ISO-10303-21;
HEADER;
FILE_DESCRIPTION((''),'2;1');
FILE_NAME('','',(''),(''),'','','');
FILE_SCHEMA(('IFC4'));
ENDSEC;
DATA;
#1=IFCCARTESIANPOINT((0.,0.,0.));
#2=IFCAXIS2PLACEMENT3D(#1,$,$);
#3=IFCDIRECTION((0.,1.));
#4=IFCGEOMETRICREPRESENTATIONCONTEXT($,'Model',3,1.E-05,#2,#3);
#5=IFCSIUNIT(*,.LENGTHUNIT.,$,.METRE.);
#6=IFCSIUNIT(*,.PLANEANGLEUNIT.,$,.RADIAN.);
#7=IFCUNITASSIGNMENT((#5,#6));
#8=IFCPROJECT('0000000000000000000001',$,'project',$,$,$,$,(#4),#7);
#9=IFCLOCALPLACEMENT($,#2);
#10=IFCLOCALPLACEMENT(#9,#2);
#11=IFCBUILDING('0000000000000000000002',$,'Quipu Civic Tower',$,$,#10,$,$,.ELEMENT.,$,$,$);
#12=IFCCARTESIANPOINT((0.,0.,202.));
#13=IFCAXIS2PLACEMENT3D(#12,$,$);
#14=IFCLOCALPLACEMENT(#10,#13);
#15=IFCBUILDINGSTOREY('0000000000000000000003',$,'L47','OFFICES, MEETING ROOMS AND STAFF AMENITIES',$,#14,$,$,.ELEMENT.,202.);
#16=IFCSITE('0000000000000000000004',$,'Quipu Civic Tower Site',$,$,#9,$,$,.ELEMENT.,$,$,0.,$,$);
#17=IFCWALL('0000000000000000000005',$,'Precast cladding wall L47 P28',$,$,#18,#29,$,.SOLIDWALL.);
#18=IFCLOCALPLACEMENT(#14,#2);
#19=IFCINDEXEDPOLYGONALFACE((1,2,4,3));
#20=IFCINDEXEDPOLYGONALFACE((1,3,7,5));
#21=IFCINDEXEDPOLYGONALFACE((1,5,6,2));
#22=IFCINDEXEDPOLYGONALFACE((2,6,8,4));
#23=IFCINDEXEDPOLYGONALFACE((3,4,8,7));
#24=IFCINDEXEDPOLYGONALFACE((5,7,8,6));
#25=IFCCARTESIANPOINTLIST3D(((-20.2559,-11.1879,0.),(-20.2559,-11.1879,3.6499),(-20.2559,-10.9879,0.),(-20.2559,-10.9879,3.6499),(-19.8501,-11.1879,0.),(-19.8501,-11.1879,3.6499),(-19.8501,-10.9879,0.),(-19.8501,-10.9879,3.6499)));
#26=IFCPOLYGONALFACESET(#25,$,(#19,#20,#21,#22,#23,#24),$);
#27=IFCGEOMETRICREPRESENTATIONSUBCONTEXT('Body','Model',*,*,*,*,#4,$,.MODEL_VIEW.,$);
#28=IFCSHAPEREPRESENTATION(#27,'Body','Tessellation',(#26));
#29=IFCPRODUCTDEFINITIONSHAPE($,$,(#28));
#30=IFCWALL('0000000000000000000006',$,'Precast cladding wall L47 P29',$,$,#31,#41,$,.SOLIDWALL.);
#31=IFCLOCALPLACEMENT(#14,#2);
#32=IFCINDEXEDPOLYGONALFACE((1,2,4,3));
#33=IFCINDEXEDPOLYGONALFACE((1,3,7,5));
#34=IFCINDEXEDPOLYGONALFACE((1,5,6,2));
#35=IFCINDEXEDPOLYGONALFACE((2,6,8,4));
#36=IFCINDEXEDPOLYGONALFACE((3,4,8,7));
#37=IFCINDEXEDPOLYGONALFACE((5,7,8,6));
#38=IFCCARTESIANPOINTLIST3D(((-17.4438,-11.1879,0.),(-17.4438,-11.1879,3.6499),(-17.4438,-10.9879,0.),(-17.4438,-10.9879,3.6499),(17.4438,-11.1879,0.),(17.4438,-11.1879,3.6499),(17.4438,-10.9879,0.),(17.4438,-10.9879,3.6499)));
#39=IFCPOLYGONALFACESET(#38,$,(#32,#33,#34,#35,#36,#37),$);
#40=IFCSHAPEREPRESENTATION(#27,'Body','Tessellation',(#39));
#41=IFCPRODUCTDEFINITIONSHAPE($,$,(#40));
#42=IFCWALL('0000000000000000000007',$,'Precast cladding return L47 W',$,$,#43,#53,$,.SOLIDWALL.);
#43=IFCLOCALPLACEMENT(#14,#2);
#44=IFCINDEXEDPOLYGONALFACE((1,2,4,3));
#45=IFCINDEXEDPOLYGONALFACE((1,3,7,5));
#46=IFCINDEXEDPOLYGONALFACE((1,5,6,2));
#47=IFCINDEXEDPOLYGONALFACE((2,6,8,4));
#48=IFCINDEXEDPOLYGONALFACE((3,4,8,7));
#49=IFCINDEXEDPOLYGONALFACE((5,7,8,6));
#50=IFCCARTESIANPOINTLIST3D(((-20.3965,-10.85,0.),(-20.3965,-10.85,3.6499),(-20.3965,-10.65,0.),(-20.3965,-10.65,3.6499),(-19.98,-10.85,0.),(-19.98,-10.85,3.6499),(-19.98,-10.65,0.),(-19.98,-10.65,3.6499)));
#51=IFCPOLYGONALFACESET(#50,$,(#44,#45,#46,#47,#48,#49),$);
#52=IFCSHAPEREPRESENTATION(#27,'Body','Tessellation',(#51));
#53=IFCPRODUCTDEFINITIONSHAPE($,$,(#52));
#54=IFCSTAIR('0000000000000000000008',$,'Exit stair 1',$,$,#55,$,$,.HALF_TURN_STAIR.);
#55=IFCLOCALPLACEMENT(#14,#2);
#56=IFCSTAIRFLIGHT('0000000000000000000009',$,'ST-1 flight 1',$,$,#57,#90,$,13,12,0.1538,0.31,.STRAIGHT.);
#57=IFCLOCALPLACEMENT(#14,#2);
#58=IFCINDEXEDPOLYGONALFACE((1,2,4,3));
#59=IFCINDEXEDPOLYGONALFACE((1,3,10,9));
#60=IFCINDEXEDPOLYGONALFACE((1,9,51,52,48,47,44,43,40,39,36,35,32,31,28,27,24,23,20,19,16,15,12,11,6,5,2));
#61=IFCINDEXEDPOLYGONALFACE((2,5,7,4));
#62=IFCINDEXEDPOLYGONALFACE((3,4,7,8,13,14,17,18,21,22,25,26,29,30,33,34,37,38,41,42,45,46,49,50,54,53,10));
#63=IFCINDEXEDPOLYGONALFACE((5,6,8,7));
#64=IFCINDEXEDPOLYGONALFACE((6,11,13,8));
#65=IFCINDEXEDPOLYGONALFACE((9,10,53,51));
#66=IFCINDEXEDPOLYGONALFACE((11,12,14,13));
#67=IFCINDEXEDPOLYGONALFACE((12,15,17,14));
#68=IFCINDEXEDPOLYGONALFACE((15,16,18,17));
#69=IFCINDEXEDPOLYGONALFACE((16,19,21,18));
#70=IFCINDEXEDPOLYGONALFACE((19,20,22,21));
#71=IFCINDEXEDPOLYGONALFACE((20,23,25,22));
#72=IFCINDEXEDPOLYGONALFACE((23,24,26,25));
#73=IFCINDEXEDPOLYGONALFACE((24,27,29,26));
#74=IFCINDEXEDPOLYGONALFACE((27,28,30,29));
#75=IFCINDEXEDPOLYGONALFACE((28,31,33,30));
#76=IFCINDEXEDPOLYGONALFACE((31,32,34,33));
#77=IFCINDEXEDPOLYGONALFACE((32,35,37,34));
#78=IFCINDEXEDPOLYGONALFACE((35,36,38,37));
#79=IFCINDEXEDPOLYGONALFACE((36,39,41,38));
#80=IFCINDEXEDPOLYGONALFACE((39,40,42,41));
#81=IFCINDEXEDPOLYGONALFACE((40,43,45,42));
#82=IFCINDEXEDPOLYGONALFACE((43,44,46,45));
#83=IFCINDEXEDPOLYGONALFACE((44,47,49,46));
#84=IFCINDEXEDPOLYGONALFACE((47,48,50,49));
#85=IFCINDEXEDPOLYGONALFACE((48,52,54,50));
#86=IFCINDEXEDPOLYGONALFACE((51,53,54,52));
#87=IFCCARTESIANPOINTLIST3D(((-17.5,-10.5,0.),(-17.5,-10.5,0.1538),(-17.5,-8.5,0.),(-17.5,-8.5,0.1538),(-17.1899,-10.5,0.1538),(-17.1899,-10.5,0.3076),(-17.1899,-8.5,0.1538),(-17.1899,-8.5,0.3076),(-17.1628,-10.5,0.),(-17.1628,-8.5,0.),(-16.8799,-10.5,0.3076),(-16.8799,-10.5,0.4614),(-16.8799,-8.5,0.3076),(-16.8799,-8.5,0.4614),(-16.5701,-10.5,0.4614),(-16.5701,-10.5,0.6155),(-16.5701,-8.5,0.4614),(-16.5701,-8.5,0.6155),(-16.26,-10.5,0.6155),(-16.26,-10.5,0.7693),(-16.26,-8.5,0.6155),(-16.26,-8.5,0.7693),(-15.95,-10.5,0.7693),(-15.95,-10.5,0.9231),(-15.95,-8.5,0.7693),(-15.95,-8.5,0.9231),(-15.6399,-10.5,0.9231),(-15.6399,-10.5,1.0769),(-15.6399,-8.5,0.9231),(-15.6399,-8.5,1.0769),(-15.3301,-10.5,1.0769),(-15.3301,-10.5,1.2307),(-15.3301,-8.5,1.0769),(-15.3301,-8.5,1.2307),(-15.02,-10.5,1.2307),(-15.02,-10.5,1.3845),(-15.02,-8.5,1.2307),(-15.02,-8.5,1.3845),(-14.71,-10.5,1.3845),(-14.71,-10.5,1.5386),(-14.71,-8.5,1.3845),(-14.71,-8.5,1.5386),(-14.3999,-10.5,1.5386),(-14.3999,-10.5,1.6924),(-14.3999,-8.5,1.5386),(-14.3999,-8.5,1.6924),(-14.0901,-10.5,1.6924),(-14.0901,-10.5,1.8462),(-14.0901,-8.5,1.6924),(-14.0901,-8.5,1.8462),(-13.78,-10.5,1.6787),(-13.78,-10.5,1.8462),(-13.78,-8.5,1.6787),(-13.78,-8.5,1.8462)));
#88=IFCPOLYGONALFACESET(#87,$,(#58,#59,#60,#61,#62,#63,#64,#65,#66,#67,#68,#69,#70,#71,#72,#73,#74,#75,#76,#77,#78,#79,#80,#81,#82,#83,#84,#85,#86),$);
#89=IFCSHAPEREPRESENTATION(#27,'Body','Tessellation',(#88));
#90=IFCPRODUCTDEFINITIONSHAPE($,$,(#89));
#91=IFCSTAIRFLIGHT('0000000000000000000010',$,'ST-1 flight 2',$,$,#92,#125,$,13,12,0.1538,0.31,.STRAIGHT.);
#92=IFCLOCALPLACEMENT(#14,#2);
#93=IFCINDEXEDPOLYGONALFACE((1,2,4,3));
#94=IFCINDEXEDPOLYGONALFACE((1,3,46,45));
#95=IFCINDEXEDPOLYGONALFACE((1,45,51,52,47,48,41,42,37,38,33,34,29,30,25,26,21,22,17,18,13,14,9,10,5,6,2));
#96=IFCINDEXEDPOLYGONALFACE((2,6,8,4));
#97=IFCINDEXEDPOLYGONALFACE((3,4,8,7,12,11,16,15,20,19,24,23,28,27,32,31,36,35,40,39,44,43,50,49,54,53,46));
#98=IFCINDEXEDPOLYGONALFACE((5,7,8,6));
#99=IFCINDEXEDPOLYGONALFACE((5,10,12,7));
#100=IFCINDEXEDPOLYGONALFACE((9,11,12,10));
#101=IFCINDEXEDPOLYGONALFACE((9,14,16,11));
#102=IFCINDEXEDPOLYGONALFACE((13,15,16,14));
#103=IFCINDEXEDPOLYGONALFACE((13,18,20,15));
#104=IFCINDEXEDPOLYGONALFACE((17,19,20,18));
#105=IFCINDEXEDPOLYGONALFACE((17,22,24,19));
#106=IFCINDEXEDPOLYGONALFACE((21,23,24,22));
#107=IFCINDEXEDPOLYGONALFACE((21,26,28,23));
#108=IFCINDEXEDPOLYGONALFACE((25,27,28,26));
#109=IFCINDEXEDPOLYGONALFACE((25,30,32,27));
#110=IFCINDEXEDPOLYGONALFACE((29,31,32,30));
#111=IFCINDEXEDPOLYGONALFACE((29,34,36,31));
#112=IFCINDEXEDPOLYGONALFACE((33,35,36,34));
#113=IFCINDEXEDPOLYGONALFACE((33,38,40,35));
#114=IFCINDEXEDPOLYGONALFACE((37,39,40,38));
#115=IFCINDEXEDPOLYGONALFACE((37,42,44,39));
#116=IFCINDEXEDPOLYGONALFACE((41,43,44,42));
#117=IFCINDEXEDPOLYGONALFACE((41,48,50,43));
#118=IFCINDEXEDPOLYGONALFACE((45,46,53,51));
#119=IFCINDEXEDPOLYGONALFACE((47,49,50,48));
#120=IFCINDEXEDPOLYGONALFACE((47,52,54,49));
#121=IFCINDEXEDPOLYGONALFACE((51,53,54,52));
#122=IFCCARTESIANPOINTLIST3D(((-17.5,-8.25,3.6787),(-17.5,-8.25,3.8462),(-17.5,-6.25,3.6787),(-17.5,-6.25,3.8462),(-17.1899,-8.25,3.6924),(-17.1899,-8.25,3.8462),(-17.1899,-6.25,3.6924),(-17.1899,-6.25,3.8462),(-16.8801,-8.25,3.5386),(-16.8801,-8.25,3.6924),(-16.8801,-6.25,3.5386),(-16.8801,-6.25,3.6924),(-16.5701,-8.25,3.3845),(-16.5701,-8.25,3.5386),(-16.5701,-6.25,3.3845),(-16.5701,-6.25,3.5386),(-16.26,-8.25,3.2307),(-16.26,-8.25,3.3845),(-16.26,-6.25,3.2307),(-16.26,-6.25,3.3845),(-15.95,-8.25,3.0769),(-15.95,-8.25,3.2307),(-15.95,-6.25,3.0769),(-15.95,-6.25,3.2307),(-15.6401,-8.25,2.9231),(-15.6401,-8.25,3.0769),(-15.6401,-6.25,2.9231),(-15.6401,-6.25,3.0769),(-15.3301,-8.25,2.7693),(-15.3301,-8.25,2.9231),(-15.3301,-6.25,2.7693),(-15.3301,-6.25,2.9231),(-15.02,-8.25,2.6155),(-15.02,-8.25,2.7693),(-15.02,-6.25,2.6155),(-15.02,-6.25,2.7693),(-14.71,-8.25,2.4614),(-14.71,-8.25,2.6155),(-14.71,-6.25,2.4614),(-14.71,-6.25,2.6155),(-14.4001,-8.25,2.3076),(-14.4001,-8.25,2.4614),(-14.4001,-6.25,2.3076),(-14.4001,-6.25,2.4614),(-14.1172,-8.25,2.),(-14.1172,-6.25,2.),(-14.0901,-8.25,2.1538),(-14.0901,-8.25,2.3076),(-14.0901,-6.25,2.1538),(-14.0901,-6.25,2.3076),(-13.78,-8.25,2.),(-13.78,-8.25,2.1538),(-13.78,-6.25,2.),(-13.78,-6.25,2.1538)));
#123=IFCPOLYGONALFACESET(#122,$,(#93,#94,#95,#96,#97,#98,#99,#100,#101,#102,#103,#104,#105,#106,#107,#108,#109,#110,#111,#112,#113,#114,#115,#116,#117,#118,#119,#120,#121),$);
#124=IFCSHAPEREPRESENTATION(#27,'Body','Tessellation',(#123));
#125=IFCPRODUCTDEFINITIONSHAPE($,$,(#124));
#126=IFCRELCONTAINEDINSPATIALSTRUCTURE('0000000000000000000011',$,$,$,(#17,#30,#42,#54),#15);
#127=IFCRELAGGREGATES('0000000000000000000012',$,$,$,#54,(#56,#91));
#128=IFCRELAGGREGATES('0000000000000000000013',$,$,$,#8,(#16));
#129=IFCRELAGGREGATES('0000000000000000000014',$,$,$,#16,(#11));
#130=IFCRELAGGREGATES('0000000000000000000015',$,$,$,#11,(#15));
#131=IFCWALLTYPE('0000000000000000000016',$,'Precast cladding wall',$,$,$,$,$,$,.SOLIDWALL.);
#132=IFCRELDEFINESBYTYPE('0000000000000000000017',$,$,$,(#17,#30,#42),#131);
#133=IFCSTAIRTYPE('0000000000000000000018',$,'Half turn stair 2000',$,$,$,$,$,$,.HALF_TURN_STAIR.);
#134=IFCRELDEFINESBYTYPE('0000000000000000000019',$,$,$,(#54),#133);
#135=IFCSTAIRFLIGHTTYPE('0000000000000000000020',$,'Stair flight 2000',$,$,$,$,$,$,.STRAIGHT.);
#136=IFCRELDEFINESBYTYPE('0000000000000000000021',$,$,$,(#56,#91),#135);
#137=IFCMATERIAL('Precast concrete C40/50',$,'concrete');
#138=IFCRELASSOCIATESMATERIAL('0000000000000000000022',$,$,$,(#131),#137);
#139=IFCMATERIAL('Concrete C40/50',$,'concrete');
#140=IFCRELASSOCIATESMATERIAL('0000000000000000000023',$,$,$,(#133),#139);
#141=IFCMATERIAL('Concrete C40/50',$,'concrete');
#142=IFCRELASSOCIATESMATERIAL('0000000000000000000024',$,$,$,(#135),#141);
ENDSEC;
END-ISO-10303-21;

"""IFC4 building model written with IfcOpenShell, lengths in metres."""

from ifc_helpers import new_model, si_unit, direction, frame, frame_2d, origin, place, context, subcontext, project, spatial, polyline, rectangle, outline, extrude, material, type_object, element, aggregate, save


model = new_model("IFC4")

# Units and contexts
model_context = context("Model", 3, precision=1e-05, world=origin(), true_north=direction((0.0, 1.0)))
body_context = subcontext(model_context, "Body", "Model", "MODEL_VIEW")
ifc_project = project(units=[si_unit("LENGTHUNIT", "METRE"), si_unit("PLANEANGLEUNIT", "RADIAN")], contexts=[model_context])

# Site, building, storey
site_placement = place(None, origin())
site = spatial("IfcSite", under=ifc_project, at=site_placement, Name="Quipu Civic Tower Site", CompositionType="ELEMENT", RefElevation=0.0)
building_placement = place(site_placement, origin())
building = spatial("IfcBuilding", under=site, at=building_placement, Name="Quipu Civic Tower", CompositionType="ELEMENT")
storey_placement = place(building_placement, frame((0.0, 0.0, 202.0)))
storey = spatial("IfcBuildingStorey", under=building, at=storey_placement, Name="L47", Description="OFFICES, MEETING ROOMS AND STAFF AMENITIES", CompositionType="ELEMENT", Elevation=202.0)

# Walls
ifc_material_1 = material(Name="Precast concrete C40/50", Category="concrete")
wall_type_1 = type_object("IfcWallType", Name="Precast cladding wall", PredefinedType="SOLIDWALL", material=ifc_material_1)
wall_1_placement = place(storey_placement, frame((-20.2559, -11.0879, 0.0), z_axis=(0.0, 0.0, 1.0), x_axis=(1.0, 0.0, 0.0)))
element("IfcWall", 1, at=wall_1_placement, inside=storey, type_object=wall_type_1, Name="Precast cladding wall L47 P28", PredefinedType="SOLIDWALL", context=body_context, shape_type="SweptSolid", body=[
    extrude(rectangle(XDim=0.4058, YDim=0.2, at=frame_2d((0.2029, 0.0))), origin(), (0.0, 0.0, 1.0), 3.6499),
])
wall_2_placement = place(storey_placement, frame((-17.4438, -11.0879, 0.0), z_axis=(0.0, 0.0, 1.0), x_axis=(1.0, 0.0, 0.0)))
element("IfcWall", 2, at=wall_2_placement, inside=storey, type_object=wall_type_1, Name="Precast cladding wall L47 P29", PredefinedType="SOLIDWALL", context=body_context, shape_type="SweptSolid", body=[
    extrude(rectangle(XDim=34.8877, YDim=0.2, at=frame_2d((17.4438, 0.0))), origin(), (0.0, 0.0, 1.0), 3.6499),
])
wall_3_placement = place(storey_placement, frame((-19.98, -10.75, 0.0), z_axis=(0.0, 0.0, 1.0), x_axis=(-1.0, 0.0, 0.0)))
element("IfcWall", 3, at=wall_3_placement, inside=storey, type_object=wall_type_1, Name="Precast cladding return L47 W", PredefinedType="SOLIDWALL", context=body_context, shape_type="SweptSolid", body=[
    extrude(rectangle(XDim=0.4165, YDim=0.2, at=frame_2d((0.2083, 0.0))), origin(), (0.0, 0.0, 1.0), 3.6499),
])

# Stair, stair flights
ifc_material_2 = material(Name="Concrete C40/50", Category="concrete")
stair_type = type_object("IfcStairType", Name="Half turn stair 2000", PredefinedType="HALF_TURN_STAIR", material=ifc_material_2)
stair_placement = place(storey_placement, origin())
stair = element("IfcStair", 4, at=stair_placement, inside=storey, type_object=stair_type, Name="Exit stair 1", PredefinedType="HALF_TURN_STAIR")
ifc_material_3 = material(Name="Concrete C40/50", Category="concrete")
stair_flight_type = type_object("IfcStairFlightType", Name="Stair flight 2000", PredefinedType="STRAIGHT", material=ifc_material_3)
stair_flight_1_placement = place(storey_placement, frame((-17.5, -9.5, 0.0), z_axis=(0.0, 0.0, 1.0), x_axis=(1.0, 0.0, 0.0)))
stair_flight_1 = element("IfcStairFlight", 5, at=stair_flight_1_placement, type_object=stair_flight_type, Name="ST-1 flight 1", NumberOfRisers=13, NumberOfTreads=12, PredefinedType="STRAIGHT", RiserHeight=0.1538, TreadLength=0.31, context=body_context, shape_type="SweptSolid", body=[
    extrude(outline(polyline([(0.0, 0.0), (0.0, 0.1538), (0.3101, 0.1538), (0.3101, 0.3076), (0.6201, 0.3076), (0.6201, 0.4614), (0.9299, 0.4614), (0.9299, 0.6155), (1.24, 0.6155), (1.24, 0.7693), (1.55, 0.7693), (1.55, 0.9231), (1.8601, 0.9231), (1.8601, 1.0769), (2.1699, 1.0769), (2.1699, 1.2307), (2.48, 1.2307), (2.48, 1.3845), (2.79, 1.3845), (2.79, 1.5386), (3.1001, 1.5386), (3.1001, 1.6924), (3.4099, 1.6924), (3.4099, 1.8462), (3.72, 1.8462), (3.72, 2.0), (3.72, 1.6787), (0.3372, 0.0), (0.0, 0.0)])), frame((0.0, 1.0, 0.0), z_axis=(0.0, -1.0, 0.0), x_axis=(1.0, 0.0, 0.0)), (0.0, 0.0, 1.0), 2.0),
])
stair_flight_2_placement = place(storey_placement, frame((-13.78, -7.25, 2.0), z_axis=(0.0, 0.0, 1.0), x_axis=(-1.0, 0.0, 0.0)))
stair_flight_2 = element("IfcStairFlight", 6, at=stair_flight_2_placement, type_object=stair_flight_type, Name="ST-1 flight 2", NumberOfRisers=13, NumberOfTreads=12, PredefinedType="STRAIGHT", RiserHeight=0.1538, TreadLength=0.31, context=body_context, shape_type="SweptSolid", body=[
    extrude(outline(polyline([(0.0, 0.0), (0.0, 0.1538), (0.3101, 0.1538), (0.3101, 0.3076), (0.6201, 0.3076), (0.6201, 0.4614), (0.9299, 0.4614), (0.9299, 0.6155), (1.24, 0.6155), (1.24, 0.7693), (1.55, 0.7693), (1.55, 0.9231), (1.8601, 0.9231), (1.8601, 1.0769), (2.1699, 1.0769), (2.1699, 1.2307), (2.48, 1.2307), (2.48, 1.3845), (2.79, 1.3845), (2.79, 1.5386), (3.1001, 1.5386), (3.1001, 1.6924), (3.4099, 1.6924), (3.4099, 1.8462), (3.72, 1.8462), (3.72, 2.0), (3.72, 1.6787), (0.3372, 0.0), (0.0, 0.0)])), frame((0.0, 1.0, 0.0), z_axis=(0.0, -1.0, 0.0), x_axis=(1.0, 0.0, 0.0)), (0.0, 0.0, 1.0), 2.0),
])
aggregate(stair, [stair_flight_1, stair_flight_2])

save(model, "model.ifc")
